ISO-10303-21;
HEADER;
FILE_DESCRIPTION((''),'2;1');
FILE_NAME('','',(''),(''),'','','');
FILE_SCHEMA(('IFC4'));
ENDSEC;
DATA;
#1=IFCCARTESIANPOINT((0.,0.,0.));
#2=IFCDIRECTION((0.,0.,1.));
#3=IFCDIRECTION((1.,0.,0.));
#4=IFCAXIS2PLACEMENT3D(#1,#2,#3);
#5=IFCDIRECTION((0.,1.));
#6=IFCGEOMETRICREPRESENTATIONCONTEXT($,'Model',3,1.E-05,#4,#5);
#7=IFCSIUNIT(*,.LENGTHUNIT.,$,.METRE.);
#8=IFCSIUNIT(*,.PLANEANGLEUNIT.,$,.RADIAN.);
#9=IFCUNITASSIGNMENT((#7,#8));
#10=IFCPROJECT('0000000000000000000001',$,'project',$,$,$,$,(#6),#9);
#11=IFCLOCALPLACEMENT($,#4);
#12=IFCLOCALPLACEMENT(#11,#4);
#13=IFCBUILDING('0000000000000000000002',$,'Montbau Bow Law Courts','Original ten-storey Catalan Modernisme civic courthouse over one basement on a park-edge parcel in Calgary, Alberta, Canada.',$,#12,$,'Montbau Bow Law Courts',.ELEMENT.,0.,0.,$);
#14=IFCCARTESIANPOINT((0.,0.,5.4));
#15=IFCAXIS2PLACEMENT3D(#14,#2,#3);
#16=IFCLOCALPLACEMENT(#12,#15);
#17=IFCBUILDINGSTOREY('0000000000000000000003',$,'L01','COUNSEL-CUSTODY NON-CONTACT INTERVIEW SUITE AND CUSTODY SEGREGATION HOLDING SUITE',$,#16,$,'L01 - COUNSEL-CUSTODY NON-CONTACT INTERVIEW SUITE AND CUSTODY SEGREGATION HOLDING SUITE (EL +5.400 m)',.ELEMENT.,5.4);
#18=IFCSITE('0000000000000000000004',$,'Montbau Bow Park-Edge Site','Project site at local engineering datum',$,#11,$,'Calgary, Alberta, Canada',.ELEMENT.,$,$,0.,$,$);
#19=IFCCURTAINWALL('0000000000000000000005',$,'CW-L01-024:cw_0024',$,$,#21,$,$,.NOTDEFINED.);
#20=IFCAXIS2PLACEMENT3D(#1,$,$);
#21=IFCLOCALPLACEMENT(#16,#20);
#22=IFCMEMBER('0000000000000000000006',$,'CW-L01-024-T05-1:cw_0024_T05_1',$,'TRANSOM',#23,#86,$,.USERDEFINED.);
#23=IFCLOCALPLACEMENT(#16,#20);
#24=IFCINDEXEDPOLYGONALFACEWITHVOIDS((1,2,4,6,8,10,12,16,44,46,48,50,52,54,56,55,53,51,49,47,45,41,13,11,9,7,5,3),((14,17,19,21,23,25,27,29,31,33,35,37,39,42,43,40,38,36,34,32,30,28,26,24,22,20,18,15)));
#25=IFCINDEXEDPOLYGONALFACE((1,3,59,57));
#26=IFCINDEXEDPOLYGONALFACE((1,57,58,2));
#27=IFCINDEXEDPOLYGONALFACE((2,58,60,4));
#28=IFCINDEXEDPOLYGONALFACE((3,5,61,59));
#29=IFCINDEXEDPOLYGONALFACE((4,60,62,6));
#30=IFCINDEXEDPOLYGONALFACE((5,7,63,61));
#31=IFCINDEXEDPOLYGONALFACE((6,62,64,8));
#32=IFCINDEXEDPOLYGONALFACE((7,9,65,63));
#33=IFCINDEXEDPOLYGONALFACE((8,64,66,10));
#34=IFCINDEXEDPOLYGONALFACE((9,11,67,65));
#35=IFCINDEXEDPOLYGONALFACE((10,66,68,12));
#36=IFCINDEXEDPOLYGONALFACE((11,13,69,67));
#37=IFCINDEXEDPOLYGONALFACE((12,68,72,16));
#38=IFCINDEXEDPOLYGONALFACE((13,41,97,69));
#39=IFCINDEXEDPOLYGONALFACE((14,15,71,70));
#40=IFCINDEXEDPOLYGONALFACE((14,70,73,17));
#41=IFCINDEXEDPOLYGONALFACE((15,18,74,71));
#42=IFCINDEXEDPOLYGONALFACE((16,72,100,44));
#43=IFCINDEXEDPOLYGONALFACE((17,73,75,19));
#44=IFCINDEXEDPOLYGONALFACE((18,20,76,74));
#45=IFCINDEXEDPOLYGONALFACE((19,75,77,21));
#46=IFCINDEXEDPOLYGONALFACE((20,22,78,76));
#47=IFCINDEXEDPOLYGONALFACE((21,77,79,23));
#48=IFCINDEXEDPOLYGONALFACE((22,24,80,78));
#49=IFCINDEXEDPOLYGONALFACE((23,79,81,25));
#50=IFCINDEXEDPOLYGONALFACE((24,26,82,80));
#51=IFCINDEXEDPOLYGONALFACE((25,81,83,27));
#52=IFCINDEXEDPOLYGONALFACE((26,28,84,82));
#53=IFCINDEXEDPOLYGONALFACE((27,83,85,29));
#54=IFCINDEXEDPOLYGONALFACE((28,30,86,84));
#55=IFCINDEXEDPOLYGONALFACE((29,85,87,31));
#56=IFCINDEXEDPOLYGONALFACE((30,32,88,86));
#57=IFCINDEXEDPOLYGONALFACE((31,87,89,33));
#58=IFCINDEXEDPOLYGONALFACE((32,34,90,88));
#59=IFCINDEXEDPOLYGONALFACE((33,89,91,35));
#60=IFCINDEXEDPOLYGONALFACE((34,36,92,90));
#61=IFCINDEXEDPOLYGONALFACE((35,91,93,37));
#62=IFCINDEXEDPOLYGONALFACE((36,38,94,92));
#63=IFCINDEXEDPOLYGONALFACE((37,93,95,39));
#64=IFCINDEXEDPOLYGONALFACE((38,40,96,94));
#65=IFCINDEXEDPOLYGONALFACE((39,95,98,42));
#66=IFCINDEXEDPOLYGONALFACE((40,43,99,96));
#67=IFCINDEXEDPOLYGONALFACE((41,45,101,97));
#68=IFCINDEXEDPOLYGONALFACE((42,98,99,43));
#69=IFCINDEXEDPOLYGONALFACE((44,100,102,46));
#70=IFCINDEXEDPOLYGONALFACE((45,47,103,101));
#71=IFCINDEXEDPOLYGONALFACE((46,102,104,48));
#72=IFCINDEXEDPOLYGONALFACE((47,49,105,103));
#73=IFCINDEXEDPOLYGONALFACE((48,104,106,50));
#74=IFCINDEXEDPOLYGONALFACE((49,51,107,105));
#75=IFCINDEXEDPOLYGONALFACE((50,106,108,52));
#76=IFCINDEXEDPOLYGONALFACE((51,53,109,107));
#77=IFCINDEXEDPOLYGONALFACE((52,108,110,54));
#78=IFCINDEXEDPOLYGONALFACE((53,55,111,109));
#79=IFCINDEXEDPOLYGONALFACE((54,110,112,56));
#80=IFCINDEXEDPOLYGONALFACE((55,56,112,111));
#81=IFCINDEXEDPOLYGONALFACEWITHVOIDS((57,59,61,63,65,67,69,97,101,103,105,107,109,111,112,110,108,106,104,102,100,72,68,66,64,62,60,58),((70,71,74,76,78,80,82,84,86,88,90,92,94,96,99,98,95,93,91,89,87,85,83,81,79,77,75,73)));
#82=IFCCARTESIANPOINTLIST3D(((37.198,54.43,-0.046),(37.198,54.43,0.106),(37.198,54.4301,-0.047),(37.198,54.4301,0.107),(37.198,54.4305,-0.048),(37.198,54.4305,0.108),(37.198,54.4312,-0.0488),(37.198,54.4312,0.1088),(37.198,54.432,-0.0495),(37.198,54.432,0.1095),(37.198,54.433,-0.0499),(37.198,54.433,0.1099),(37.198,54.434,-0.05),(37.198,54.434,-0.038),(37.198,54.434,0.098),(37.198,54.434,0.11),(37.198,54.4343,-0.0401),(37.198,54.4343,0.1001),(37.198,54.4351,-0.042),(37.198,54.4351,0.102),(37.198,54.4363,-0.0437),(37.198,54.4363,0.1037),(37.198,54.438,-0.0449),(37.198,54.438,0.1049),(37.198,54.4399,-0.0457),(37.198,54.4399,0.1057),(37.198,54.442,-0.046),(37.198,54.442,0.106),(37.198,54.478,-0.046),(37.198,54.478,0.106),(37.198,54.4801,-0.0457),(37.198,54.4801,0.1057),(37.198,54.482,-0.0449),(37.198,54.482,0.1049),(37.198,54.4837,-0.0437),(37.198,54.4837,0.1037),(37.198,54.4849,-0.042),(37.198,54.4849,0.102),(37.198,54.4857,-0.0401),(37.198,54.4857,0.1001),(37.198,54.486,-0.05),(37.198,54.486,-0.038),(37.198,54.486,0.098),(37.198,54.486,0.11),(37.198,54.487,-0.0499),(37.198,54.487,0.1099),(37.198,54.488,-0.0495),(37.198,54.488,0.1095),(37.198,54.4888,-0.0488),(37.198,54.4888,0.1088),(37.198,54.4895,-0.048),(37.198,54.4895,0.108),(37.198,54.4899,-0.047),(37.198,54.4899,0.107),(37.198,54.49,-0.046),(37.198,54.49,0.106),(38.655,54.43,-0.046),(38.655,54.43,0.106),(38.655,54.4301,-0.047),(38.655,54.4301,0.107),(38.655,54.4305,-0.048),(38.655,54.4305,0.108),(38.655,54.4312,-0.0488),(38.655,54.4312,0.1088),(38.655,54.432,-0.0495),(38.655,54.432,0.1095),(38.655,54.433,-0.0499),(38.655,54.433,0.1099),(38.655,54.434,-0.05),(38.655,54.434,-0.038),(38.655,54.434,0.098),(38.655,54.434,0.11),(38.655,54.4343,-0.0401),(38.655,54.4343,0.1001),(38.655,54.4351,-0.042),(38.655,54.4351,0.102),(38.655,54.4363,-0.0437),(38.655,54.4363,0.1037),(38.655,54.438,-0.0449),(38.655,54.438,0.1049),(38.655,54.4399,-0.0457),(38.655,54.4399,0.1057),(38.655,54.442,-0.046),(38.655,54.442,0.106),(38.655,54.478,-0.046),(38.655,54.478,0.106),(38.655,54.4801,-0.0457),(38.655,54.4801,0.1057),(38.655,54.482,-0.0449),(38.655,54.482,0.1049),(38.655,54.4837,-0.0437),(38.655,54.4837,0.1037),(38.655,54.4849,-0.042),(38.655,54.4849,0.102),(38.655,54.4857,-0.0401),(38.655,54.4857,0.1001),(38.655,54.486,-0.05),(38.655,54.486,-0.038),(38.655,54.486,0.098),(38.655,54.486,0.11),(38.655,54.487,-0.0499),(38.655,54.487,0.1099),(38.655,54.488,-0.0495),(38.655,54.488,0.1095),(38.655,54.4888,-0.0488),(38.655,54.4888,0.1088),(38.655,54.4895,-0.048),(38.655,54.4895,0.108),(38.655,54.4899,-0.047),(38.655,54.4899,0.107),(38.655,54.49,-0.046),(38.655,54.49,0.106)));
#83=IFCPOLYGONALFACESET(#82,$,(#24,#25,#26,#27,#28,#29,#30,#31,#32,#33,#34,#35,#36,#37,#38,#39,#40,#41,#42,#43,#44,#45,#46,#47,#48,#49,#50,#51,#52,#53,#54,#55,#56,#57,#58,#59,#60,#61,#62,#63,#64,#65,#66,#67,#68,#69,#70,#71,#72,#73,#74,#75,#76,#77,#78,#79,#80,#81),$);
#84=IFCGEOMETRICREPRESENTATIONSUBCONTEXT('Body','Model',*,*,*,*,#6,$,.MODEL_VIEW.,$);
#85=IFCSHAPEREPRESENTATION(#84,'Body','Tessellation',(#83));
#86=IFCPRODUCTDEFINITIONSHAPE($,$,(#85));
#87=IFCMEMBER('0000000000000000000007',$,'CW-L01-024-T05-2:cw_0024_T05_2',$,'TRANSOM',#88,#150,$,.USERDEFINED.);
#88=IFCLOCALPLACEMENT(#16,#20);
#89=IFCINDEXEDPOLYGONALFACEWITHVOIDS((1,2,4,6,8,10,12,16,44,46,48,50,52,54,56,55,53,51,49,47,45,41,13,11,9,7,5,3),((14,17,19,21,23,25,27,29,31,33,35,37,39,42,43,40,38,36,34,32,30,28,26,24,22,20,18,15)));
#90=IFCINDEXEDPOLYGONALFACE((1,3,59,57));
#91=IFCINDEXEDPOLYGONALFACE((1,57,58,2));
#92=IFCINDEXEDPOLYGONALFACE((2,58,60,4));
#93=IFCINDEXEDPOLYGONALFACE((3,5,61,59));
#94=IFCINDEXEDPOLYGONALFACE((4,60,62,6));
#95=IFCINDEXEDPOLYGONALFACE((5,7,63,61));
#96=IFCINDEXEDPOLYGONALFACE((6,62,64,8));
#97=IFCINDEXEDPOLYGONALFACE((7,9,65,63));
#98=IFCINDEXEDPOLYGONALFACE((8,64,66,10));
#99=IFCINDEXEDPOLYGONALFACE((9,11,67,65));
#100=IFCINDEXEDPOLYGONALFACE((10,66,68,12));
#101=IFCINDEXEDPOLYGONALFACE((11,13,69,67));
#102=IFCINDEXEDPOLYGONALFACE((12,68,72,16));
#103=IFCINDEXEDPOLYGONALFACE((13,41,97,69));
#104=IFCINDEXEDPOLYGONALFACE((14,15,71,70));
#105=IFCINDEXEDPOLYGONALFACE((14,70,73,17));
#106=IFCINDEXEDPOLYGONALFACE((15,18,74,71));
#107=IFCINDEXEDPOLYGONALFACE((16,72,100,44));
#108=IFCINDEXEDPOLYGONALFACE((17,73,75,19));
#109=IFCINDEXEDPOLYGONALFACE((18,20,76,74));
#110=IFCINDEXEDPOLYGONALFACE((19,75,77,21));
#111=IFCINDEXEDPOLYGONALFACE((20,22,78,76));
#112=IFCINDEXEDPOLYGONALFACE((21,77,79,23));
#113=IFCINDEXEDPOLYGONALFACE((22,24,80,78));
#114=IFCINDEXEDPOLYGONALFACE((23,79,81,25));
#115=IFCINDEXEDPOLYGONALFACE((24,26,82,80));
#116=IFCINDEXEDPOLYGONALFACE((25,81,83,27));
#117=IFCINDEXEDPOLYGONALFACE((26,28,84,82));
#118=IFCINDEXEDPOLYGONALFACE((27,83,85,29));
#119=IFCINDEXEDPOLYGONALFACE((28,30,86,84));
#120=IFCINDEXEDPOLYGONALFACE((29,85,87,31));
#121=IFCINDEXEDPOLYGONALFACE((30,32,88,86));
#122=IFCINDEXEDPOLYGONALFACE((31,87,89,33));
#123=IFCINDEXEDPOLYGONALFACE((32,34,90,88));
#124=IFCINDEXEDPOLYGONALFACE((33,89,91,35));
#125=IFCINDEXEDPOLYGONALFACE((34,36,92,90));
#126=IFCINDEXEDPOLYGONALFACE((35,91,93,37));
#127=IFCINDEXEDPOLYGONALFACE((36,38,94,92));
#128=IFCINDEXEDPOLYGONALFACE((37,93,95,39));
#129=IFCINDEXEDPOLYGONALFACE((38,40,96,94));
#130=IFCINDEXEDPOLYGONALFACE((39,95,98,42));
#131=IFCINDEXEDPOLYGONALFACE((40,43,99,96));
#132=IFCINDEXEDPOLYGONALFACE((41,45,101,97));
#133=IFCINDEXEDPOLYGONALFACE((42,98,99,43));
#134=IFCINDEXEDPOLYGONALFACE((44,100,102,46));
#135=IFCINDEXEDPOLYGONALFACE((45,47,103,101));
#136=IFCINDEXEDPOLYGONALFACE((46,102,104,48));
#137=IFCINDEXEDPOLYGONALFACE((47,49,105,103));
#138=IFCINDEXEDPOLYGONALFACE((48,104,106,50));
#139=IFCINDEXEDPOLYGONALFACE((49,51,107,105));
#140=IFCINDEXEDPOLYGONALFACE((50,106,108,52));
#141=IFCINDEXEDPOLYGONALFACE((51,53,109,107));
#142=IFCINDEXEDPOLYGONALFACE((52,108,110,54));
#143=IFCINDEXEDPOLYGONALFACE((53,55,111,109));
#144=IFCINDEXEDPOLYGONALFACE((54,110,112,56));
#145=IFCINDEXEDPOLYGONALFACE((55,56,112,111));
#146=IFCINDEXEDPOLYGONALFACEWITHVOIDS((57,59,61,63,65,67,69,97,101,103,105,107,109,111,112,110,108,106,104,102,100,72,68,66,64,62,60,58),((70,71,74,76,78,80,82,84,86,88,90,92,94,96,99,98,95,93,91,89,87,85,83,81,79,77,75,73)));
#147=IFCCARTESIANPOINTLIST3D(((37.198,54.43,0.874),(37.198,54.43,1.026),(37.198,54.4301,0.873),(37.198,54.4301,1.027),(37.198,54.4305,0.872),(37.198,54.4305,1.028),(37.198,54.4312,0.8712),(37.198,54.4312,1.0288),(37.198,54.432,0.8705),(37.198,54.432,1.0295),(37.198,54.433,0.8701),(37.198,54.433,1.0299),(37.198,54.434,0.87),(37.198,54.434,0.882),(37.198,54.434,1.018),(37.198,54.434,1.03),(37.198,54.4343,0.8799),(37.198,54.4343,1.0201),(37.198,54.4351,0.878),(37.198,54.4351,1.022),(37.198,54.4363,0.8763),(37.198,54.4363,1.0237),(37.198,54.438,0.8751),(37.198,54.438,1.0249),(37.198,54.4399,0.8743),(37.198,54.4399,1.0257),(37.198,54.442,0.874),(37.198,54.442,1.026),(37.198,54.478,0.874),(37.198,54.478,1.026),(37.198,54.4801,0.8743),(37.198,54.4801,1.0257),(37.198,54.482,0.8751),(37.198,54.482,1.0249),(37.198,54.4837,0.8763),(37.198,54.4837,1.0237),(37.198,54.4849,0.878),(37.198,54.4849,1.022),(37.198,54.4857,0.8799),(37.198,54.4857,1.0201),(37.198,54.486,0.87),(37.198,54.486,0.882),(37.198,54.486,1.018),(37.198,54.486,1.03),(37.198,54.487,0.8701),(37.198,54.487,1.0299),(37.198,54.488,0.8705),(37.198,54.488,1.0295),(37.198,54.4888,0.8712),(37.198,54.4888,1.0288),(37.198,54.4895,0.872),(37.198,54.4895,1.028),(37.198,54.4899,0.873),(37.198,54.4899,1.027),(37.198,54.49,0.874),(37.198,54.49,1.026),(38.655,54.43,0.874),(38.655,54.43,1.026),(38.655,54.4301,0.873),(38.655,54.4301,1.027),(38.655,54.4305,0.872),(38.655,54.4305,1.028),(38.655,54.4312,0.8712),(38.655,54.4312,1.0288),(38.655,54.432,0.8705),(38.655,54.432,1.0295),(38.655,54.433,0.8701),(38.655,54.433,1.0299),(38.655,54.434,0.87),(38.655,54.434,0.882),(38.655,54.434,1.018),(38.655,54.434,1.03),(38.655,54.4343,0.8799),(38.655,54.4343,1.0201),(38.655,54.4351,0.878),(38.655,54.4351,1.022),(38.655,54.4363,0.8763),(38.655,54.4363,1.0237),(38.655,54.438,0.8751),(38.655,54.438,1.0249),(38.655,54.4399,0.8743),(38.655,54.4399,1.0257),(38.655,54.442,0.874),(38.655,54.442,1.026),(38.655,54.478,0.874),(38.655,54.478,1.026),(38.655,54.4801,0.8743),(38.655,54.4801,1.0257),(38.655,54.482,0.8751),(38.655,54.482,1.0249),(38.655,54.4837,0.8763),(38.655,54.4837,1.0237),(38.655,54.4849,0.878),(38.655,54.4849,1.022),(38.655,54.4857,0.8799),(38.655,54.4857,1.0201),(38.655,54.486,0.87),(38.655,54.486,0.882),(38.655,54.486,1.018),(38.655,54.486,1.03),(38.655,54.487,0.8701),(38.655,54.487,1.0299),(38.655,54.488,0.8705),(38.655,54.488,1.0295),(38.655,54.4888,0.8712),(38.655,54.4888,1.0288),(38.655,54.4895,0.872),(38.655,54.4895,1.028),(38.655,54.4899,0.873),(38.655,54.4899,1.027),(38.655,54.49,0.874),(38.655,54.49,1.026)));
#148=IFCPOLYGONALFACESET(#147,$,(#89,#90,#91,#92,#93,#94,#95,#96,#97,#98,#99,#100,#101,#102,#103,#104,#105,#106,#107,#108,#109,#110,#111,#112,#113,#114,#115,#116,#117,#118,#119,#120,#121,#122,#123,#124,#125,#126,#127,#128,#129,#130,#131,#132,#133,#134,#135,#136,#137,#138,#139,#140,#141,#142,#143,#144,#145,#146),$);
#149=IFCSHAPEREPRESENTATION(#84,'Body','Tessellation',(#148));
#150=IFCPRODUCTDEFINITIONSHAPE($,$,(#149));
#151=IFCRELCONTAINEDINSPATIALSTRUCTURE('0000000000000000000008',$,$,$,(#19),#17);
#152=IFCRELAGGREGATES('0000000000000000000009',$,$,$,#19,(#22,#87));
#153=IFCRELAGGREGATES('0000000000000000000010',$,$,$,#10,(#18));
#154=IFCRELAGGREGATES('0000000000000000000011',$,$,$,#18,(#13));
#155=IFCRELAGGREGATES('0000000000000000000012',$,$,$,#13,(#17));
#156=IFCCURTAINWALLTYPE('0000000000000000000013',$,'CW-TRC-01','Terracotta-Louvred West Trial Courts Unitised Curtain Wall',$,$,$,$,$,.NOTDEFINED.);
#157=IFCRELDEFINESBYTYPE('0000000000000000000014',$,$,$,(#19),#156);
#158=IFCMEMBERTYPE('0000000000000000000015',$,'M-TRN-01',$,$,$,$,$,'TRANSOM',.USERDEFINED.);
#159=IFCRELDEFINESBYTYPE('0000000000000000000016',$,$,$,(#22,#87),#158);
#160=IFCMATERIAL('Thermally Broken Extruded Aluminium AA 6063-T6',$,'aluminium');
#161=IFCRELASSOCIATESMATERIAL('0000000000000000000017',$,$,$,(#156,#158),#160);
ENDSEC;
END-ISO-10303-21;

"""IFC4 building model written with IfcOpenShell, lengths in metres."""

from ifc_helpers import new_model, si_unit, direction, frame, origin_with_axes, origin_2d_with_axis, place, context, subcontext, project, spatial, hollow_rectangle, extrude, material, material_profile, profile_set, type_object, element, aggregate, save


model = new_model("IFC4")

# Units and contexts
model_context = context("Model", 3, precision=1e-05, world=origin_with_axes(), true_north=direction((0.0, 1.0)))
body_context = subcontext(model_context, "Body", "Model", "MODEL_VIEW")
ifc_project = project(units=[si_unit("LENGTHUNIT", "METRE"), si_unit("PLANEANGLEUNIT", "RADIAN")], contexts=[model_context])

# Site, building, storey
site_placement = place(None, origin_with_axes())
site = spatial("IfcSite", under=ifc_project, at=site_placement, Name="Montbau Bow Park-Edge Site", Description="Project site at local engineering datum", LongName="Calgary, Alberta, Canada", CompositionType="ELEMENT", RefElevation=0.0)
building_placement = place(site_placement, origin_with_axes())
building = spatial("IfcBuilding", under=site, at=building_placement, Name="Montbau Bow Law Courts", Description="Original ten-storey Catalan Modernisme civic courthouse over one basement on a park-edge parcel in Calgary, Alberta, Canada.", LongName="Montbau Bow Law Courts", CompositionType="ELEMENT", ElevationOfRefHeight=0.0, ElevationOfTerrain=0.0)
storey_placement = place(building_placement, frame((0.0, 0.0, 5.4), z_axis=(0.0, 0.0, 1.0), x_axis=(1.0, 0.0, 0.0)))
storey = spatial("IfcBuildingStorey", under=building, at=storey_placement, Name="L01", Description="COUNSEL-CUSTODY NON-CONTACT INTERVIEW SUITE AND CUSTODY SEGREGATION HOLDING SUITE", LongName="L01 - COUNSEL-CUSTODY NON-CONTACT INTERVIEW SUITE AND CUSTODY SEGREGATION HOLDING SUITE (EL +5.400 m)", CompositionType="ELEMENT", Elevation=5.4)

# Curtain wall
ifc_material_1 = material(Name="Thermally Broken Extruded Aluminium AA 6063-T6", Category="aluminium")
curtain_wall_type = type_object("IfcCurtainWallType", Name="CW-TRC-01", Description="Terracotta-Louvred West Trial Courts Unitised Curtain Wall", PredefinedType="NOTDEFINED", material=ifc_material_1)
curtain_wall_1_placement = place(None, frame((30.867, 54.46, 5.4), z_axis=(0.0, 0.0, 1.0), x_axis=(1.0, 0.0, 0.0)))
curtain_wall_1 = element("IfcCurtainWall", 1, at=curtain_wall_1_placement, inside=storey, type_object=curtain_wall_type, Name="CW-L01-024:cw_0024", PredefinedType="NOTDEFINED")

# Members
ifc_material_profile_1 = material_profile(ifc_material_1, hollow_rectangle(XDim=0.06, YDim=0.16, WallThickness=0.004, InnerFilletRadius=0.008, OuterFilletRadius=0.004, at=origin_2d_with_axis()), Name="CWT-160X60", Category="Main", Priority=0)
ifc_profile_set_1 = profile_set([ifc_material_profile_1], Name="Thermally Broken Extruded Aluminium AA 6063-T6")
member_type_1 = type_object("IfcMemberType", Name="M-TRN-01", ElementType="TRANSOM", PredefinedType="USERDEFINED", material=ifc_profile_set_1)
member_1_placement = place(None, frame((37.198, 54.46, 5.43), z_axis=(1.0, 0.0, 0.0), x_axis=(0.0, 1.0, 0.0)))
member_1 = element("IfcMember", 2, at=member_1_placement, type_object=member_type_1, Name="CW-L01-024-T05-1:cw_0024_T05_1", ObjectType="TRANSOM", PredefinedType="USERDEFINED", context=body_context, shape_type="SweptSolid", body=[
    extrude(hollow_rectangle(XDim=0.06, YDim=0.16, WallThickness=0.004, InnerFilletRadius=0.008, OuterFilletRadius=0.004, at=origin_2d_with_axis()), origin_with_axes(), (0.0, 0.0, 1.0), 1.457),
])
member_2_placement = place(None, frame((37.198, 54.46, 6.35), z_axis=(1.0, 0.0, 0.0), x_axis=(0.0, 1.0, 0.0)))
member_2 = element("IfcMember", 3, at=member_2_placement, type_object=member_type_1, Name="CW-L01-024-T05-2:cw_0024_T05_2", ObjectType="TRANSOM", PredefinedType="USERDEFINED", context=body_context, shape_type="SweptSolid", body=[
    extrude(hollow_rectangle(XDim=0.06, YDim=0.16, WallThickness=0.004, InnerFilletRadius=0.008, OuterFilletRadius=0.004, at=origin_2d_with_axis()), origin_with_axes(), (0.0, 0.0, 1.0), 1.457),
])

aggregate(curtain_wall_1, [member_1, member_2])

save(model, "model.ifc")
